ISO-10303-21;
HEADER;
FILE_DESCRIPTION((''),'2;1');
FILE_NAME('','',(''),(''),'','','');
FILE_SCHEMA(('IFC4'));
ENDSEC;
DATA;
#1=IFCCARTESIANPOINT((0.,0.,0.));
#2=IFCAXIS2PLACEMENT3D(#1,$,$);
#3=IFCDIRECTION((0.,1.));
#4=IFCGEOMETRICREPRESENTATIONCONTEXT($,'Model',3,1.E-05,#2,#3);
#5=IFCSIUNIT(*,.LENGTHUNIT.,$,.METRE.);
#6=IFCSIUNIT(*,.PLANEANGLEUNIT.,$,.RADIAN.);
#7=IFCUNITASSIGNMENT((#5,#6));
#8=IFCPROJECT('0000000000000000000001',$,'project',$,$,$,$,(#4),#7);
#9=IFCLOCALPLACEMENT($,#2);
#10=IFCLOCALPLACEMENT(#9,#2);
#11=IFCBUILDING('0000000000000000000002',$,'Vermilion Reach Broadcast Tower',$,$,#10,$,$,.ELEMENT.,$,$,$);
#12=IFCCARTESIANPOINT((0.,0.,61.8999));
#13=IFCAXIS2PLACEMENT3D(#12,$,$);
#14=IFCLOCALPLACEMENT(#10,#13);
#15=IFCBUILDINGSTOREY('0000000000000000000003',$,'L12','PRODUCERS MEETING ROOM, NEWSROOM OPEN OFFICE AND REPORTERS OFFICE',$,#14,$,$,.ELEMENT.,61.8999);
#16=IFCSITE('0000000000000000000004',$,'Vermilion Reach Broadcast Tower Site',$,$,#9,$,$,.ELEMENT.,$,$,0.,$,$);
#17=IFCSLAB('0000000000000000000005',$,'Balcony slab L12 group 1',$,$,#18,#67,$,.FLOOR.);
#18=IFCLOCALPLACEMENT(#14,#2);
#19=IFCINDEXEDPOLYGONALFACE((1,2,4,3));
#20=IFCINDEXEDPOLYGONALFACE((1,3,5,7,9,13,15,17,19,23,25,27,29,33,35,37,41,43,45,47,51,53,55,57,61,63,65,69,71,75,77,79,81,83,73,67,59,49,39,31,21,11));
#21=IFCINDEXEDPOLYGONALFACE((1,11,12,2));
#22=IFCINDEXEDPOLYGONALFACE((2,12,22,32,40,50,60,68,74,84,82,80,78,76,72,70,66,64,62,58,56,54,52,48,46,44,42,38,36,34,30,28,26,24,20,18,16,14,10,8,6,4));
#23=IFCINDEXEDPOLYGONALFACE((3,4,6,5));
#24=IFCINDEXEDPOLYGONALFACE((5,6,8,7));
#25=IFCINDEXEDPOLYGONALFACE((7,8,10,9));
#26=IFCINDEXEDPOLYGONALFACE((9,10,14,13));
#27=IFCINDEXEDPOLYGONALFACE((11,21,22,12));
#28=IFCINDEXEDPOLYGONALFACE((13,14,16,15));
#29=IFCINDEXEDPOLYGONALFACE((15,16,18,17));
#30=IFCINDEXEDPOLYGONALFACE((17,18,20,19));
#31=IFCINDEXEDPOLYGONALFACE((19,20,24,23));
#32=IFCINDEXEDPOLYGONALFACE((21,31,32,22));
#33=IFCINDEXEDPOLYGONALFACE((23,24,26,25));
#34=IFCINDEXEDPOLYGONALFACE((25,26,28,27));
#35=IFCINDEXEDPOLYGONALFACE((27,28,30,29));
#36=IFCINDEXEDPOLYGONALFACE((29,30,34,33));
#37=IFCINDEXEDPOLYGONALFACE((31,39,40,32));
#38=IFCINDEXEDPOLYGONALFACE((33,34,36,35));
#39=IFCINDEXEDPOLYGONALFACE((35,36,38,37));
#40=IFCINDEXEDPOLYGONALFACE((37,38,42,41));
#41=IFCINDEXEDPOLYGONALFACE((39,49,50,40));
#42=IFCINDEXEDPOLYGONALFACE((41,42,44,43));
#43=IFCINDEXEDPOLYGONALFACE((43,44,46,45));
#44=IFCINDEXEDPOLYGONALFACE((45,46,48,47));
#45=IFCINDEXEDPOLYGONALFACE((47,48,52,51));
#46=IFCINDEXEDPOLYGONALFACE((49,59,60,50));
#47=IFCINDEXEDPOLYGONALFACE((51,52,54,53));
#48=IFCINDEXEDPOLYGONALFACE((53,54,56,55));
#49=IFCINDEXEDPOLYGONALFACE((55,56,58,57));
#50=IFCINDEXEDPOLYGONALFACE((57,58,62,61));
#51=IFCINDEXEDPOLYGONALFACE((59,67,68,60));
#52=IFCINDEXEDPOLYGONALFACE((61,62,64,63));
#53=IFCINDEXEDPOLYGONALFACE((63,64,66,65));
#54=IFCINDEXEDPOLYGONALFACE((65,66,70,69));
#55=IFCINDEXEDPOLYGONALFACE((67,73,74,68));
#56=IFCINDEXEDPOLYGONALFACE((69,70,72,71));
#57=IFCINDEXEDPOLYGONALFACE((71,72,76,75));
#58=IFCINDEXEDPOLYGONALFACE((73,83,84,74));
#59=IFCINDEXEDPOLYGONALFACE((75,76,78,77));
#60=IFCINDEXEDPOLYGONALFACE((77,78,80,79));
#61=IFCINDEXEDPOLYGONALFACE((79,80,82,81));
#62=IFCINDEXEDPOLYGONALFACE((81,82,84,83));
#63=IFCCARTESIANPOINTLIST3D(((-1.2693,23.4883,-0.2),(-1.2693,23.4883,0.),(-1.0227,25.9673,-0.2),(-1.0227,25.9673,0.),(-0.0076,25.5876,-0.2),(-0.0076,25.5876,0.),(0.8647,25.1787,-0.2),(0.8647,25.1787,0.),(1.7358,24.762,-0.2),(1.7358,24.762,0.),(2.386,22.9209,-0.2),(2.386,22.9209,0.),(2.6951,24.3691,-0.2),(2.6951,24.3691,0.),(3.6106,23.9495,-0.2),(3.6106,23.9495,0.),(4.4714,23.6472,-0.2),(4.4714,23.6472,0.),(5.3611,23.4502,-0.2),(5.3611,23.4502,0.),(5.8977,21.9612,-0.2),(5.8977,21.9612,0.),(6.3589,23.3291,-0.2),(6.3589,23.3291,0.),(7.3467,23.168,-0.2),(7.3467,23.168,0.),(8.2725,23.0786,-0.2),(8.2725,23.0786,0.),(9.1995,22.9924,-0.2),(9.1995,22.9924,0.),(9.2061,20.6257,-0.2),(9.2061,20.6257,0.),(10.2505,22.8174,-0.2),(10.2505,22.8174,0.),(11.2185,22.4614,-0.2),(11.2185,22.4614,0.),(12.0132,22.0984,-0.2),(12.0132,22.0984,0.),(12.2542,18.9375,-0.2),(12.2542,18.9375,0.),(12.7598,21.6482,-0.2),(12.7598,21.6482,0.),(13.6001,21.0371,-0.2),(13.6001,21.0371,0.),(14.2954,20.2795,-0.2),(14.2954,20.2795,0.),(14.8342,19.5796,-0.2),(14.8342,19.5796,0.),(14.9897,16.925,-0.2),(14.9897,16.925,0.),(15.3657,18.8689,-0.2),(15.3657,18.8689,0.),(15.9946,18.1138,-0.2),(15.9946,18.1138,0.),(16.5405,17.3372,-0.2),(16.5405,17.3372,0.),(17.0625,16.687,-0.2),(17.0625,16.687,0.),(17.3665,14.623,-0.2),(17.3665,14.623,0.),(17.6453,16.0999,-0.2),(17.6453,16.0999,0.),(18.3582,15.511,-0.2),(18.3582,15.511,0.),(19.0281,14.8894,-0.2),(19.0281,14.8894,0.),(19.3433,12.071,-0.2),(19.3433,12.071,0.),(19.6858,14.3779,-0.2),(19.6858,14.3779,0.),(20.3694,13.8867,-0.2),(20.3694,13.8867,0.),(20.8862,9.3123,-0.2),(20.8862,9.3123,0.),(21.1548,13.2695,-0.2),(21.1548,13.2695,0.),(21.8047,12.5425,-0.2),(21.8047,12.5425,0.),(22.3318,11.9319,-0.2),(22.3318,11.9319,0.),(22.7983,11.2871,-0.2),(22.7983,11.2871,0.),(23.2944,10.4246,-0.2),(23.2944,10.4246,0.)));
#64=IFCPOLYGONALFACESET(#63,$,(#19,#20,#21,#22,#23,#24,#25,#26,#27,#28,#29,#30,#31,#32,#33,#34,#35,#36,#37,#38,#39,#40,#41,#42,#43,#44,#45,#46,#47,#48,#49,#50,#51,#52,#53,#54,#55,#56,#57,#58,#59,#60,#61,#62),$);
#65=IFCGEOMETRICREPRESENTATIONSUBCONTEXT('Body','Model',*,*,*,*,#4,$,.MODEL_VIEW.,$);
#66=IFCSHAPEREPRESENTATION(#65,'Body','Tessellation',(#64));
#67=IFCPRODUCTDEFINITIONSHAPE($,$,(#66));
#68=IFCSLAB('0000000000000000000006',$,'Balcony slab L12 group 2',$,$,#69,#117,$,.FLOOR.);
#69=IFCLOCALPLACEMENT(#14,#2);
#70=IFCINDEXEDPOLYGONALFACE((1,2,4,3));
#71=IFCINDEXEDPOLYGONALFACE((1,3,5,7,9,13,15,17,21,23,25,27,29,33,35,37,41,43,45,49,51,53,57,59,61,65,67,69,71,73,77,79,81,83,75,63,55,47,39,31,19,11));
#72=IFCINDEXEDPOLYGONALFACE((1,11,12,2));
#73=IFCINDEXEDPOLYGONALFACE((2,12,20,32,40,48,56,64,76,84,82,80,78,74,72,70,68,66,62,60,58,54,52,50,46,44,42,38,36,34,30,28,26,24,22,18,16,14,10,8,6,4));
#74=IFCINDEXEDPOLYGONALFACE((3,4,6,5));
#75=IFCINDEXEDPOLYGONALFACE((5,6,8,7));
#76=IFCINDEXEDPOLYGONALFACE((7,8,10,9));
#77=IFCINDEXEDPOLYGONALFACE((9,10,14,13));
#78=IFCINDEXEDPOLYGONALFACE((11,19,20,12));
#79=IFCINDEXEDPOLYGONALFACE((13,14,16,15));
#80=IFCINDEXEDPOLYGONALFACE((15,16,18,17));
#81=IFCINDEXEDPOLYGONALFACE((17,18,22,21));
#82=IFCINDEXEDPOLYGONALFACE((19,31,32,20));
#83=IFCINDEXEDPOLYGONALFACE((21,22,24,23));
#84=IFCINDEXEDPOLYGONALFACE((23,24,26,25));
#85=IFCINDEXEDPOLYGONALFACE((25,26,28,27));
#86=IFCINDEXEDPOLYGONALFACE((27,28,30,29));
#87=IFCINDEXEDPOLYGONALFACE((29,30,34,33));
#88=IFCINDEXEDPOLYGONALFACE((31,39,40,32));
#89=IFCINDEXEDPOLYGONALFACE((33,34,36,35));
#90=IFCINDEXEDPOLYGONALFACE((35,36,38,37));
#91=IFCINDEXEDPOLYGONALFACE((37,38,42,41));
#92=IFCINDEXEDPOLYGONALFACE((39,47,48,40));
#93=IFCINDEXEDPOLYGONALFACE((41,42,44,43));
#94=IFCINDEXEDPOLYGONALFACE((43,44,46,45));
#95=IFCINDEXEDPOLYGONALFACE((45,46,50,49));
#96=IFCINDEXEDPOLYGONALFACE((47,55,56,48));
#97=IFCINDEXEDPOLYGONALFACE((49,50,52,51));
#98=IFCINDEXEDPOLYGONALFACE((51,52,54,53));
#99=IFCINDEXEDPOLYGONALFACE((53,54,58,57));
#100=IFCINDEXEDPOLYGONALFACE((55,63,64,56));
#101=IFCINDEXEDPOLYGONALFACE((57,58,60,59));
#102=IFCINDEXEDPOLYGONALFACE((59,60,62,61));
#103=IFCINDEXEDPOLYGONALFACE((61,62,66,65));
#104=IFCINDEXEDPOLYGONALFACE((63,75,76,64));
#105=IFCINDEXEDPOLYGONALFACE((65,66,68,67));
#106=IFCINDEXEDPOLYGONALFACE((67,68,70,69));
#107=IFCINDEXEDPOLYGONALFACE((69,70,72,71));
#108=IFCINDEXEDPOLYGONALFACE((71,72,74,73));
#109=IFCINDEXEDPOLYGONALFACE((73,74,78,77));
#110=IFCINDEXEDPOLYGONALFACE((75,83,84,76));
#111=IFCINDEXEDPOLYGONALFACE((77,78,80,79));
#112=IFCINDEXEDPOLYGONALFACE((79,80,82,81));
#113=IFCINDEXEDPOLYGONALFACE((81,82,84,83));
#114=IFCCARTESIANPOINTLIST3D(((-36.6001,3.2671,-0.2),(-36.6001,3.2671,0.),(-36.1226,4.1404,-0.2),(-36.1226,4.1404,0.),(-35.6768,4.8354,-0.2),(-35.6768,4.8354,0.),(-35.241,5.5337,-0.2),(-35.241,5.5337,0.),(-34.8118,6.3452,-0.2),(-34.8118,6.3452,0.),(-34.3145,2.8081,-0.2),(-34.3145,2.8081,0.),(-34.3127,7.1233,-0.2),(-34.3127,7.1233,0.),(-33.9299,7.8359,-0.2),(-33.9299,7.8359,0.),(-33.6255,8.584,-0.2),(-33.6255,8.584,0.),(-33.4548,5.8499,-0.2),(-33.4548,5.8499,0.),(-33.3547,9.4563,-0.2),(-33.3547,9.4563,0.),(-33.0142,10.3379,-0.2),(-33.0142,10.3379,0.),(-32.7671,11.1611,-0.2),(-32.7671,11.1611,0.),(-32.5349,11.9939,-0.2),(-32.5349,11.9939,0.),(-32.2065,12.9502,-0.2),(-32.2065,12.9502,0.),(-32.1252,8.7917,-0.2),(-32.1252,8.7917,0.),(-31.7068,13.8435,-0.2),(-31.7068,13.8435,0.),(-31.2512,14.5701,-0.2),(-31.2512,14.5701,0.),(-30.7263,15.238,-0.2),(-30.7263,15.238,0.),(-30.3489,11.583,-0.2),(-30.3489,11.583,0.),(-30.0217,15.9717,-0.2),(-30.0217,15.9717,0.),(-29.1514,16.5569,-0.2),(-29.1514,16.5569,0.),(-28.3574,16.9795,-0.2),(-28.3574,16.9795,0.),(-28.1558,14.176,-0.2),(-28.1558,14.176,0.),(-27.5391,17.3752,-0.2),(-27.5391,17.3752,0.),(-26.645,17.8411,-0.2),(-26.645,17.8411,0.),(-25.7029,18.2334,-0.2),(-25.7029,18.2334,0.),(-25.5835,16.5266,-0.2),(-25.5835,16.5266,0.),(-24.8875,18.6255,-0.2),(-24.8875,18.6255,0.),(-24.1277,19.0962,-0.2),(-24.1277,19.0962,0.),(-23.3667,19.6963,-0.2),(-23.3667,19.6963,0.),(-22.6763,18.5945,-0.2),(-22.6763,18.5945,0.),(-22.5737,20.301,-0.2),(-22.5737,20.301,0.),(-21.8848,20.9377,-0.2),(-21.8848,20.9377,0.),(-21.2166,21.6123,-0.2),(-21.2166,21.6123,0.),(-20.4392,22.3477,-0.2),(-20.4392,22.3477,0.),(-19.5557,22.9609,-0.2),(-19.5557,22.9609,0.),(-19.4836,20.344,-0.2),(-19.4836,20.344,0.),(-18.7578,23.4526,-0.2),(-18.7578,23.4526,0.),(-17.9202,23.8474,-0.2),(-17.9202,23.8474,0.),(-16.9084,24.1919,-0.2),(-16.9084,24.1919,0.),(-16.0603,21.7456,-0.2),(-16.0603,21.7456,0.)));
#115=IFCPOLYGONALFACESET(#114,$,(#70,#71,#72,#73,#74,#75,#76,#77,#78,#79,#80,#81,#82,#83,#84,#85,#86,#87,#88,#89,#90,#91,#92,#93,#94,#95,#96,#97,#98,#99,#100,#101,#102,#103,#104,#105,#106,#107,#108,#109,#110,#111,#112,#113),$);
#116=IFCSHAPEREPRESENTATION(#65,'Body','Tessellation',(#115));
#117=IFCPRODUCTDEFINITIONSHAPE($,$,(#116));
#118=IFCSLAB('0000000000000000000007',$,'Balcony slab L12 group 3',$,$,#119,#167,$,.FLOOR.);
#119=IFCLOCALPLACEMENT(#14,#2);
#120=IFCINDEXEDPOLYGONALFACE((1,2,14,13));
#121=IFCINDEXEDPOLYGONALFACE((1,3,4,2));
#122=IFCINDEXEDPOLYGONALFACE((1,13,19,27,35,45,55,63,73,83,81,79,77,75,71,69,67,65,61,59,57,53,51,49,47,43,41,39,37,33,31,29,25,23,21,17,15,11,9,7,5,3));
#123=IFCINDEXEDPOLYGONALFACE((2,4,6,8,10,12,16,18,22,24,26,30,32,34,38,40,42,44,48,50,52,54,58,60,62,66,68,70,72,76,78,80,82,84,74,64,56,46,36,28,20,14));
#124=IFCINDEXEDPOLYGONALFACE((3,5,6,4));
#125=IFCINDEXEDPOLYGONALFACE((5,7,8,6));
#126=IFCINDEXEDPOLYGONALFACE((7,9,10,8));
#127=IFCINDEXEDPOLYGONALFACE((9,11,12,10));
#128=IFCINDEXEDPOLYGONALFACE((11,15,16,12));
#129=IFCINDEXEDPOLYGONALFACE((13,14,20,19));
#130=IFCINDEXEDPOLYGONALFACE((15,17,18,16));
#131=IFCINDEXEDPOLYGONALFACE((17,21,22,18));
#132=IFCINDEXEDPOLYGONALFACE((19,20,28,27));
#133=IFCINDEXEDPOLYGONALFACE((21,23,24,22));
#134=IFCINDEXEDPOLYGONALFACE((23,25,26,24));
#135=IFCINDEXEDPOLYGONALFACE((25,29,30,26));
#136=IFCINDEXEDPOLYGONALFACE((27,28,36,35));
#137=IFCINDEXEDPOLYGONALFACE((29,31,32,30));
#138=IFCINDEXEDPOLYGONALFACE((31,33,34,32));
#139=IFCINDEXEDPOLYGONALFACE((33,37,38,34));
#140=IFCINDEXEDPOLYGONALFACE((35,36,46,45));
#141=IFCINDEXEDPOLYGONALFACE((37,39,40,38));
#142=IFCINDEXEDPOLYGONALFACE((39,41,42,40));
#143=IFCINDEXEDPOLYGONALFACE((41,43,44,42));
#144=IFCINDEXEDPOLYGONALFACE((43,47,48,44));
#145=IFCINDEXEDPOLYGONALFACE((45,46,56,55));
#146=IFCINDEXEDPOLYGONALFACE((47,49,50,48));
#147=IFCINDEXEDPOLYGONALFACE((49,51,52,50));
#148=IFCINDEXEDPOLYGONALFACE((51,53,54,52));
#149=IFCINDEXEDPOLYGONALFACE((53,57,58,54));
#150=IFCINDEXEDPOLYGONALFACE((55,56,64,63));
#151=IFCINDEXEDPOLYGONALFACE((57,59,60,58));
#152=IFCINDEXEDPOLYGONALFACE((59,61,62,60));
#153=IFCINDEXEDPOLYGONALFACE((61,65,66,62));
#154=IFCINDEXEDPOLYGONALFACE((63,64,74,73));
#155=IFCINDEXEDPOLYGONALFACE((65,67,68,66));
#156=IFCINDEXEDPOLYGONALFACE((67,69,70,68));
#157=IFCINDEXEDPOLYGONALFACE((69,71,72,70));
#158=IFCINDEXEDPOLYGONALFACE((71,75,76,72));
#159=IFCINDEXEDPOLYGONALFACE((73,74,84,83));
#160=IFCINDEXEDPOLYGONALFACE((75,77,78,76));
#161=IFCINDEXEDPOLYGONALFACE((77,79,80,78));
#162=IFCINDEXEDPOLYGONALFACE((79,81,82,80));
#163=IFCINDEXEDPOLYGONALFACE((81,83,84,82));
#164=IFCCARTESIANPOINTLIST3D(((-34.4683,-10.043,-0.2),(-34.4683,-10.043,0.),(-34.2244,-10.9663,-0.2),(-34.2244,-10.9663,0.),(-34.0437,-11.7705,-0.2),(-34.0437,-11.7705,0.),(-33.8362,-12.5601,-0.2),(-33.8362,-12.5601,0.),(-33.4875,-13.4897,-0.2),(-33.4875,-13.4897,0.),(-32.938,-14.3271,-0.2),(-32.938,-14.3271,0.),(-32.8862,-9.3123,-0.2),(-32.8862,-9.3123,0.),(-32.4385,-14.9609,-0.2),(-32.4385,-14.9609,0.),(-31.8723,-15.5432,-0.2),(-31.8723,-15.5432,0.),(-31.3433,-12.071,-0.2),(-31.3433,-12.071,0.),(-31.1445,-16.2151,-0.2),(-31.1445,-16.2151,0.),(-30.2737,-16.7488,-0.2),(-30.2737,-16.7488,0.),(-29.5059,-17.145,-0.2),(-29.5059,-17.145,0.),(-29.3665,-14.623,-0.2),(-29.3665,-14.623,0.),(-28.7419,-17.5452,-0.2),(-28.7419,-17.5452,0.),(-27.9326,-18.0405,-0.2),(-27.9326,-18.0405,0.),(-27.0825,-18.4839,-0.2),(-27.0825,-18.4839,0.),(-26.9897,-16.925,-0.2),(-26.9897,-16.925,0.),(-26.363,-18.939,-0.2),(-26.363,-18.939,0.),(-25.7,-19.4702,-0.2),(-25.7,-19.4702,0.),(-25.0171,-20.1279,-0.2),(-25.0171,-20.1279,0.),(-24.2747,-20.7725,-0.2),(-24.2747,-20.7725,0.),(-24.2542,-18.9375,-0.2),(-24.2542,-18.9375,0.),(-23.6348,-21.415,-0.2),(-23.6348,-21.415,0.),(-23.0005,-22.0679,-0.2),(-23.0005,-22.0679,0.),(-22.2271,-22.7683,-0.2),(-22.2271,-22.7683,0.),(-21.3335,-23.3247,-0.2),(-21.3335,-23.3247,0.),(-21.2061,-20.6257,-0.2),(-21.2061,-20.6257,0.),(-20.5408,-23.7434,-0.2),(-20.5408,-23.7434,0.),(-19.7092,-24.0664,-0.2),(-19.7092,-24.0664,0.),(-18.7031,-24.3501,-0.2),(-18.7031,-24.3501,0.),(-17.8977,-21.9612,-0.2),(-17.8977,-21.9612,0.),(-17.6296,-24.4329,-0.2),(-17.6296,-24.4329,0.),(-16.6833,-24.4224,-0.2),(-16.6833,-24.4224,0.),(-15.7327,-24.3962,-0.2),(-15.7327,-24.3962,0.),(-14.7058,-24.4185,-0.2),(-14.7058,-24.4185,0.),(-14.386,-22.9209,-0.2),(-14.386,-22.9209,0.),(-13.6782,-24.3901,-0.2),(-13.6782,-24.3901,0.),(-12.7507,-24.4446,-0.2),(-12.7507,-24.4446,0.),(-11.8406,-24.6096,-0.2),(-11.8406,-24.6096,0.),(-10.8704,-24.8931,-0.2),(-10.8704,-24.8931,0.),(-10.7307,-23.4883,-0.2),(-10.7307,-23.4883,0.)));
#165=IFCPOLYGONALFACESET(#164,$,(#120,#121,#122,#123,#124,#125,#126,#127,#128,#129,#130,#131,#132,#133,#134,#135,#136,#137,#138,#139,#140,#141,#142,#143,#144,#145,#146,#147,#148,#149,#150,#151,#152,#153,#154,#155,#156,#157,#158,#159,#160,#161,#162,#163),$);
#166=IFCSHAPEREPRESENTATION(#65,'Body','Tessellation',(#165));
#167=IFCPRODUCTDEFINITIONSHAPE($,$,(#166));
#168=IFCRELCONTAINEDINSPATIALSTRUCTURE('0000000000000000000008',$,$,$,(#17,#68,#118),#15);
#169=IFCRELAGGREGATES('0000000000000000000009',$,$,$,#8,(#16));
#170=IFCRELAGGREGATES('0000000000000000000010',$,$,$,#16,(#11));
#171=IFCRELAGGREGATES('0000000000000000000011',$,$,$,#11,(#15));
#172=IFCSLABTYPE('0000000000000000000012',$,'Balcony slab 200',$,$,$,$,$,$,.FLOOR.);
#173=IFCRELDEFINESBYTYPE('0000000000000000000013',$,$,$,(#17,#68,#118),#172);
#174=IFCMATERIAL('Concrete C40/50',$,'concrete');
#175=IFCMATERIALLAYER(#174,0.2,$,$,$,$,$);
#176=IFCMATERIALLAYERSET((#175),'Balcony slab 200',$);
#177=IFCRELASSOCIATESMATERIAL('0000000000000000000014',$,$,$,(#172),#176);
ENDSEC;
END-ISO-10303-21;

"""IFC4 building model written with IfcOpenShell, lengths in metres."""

from ifc_helpers import new_model, si_unit, direction, frame, origin, place, context, subcontext, project, spatial, polyline, outline, extrude, material, layer, layer_set, type_object, element, save


model = new_model("IFC4")

# Units and contexts
model_context = context("Model", 3, precision=1e-05, world=origin(), true_north=direction((0.0, 1.0)))
body_context = subcontext(model_context, "Body", "Model", "MODEL_VIEW")
ifc_project = project(units=[si_unit("LENGTHUNIT", "METRE"), si_unit("PLANEANGLEUNIT", "RADIAN")], contexts=[model_context])

# Site, building, storey
site_placement = place(None, origin())
site = spatial("IfcSite", under=ifc_project, at=site_placement, Name="Vermilion Reach Broadcast Tower Site", CompositionType="ELEMENT", RefElevation=0.0)
building_placement = place(site_placement, origin())
building = spatial("IfcBuilding", under=site, at=building_placement, Name="Vermilion Reach Broadcast Tower", CompositionType="ELEMENT")
storey_placement = place(building_placement, frame((0.0, 0.0, 61.8999)))
storey = spatial("IfcBuildingStorey", under=building, at=storey_placement, Name="L12", Description="PRODUCERS MEETING ROOM, NEWSROOM OPEN OFFICE AND REPORTERS OFFICE", CompositionType="ELEMENT", Elevation=61.8999)

# Slabs
ifc_material_1 = material(Name="Concrete C40/50", Category="concrete")
ifc_layer_1 = layer(ifc_material_1, 0.2)
ifc_layer_set_1 = layer_set([ifc_layer_1], Name="Balcony slab 200")
slab_type_1 = type_object("IfcSlabType", Name="Balcony slab 200", PredefinedType="FLOOR", material=ifc_layer_set_1)
placement_1 = place(storey_placement, frame((0.0, 0.0, -0.2)))
element("IfcSlab", 1, at=placement_1, inside=storey, type_object=slab_type_1, Name="Balcony slab L12 group 1", PredefinedType="FLOOR", context=body_context, shape_type="SweptSolid", body=[
    extrude(outline(polyline([(20.8862, 9.3123), (19.3433, 12.071), (17.3665, 14.623), (14.9897, 16.925), (12.2542, 18.9375), (9.2061, 20.6257), (5.8977, 21.9612), (2.386, 22.9209), (-1.2693, 23.4883), (-1.0227, 25.9673), (-0.0076, 25.5876), (0.8647, 25.1787), (1.7358, 24.762), (2.6951, 24.3691), (3.6106, 23.9495), (4.4714, 23.6472), (5.3611, 23.4502), (6.3589, 23.3291), (7.3467, 23.168), (8.2725, 23.0786), (9.1995, 22.9924), (10.2505, 22.8174), (11.2185, 22.4614), (12.0132, 22.0984), (12.7598, 21.6482), (13.6001, 21.0371), (14.2954, 20.2795), (14.8342, 19.5796), (15.3657, 18.8689), (15.9946, 18.1138), (16.5405, 17.3372), (17.0625, 16.687), (17.6453, 16.0999), (18.3582, 15.511), (19.0281, 14.8894), (19.6858, 14.3779), (20.3694, 13.8867), (21.1548, 13.2695), (21.8047, 12.5425), (22.3318, 11.9319), (22.7983, 11.2871), (23.2944, 10.4246), (20.8862, 9.3123)])), origin(), (0.0, 0.0, 1.0), 0.2),
])
element("IfcSlab", 2, at=placement_1, inside=storey, type_object=slab_type_1, Name="Balcony slab L12 group 2", PredefinedType="FLOOR", context=body_context, shape_type="SweptSolid", body=[
    extrude(outline(polyline([(-16.0603, 21.7456), (-19.4836, 20.344), (-22.6763, 18.5945), (-25.5835, 16.5266), (-28.1558, 14.176), (-30.3489, 11.583), (-32.1252, 8.7917), (-33.4548, 5.8499), (-34.3145, 2.8081), (-36.6001, 3.2671), (-36.1226, 4.1404), (-35.6768, 4.8354), (-35.241, 5.5337), (-34.8118, 6.3452), (-34.3127, 7.1233), (-33.9299, 7.8359), (-33.6255, 8.584), (-33.3547, 9.4563), (-33.0142, 10.3379), (-32.7671, 11.1611), (-32.5349, 11.9939), (-32.2065, 12.9502), (-31.7068, 13.8435), (-31.2512, 14.5701), (-30.7263, 15.238), (-30.0217, 15.9717), (-29.1514, 16.5569), (-28.3574, 16.9795), (-27.5391, 17.3752), (-26.645, 17.8411), (-25.7029, 18.2334), (-24.8875, 18.6255), (-24.1277, 19.0962), (-23.3667, 19.6963), (-22.5737, 20.301), (-21.8848, 20.9377), (-21.2166, 21.6123), (-20.4392, 22.3477), (-19.5557, 22.9609), (-18.7578, 23.4526), (-17.9202, 23.8474), (-16.9084, 24.1919), (-16.0603, 21.7456)])), origin(), (0.0, 0.0, 1.0), 0.2),
])
element("IfcSlab", 3, at=placement_1, inside=storey, type_object=slab_type_1, Name="Balcony slab L12 group 3", PredefinedType="FLOOR", context=body_context, shape_type="SweptSolid", body=[
    extrude(outline(polyline([(-32.8862, -9.3123), (-31.3433, -12.071), (-29.3665, -14.623), (-26.9897, -16.925), (-24.2542, -18.9375), (-21.2061, -20.6257), (-17.8977, -21.9612), (-14.386, -22.9209), (-10.7307, -23.4883), (-10.8704, -24.8931), (-11.8406, -24.6096), (-12.7507, -24.4446), (-13.6782, -24.3901), (-14.7058, -24.4185), (-15.7327, -24.3962), (-16.6833, -24.4224), (-17.6296, -24.4329), (-18.7031, -24.3501), (-19.7092, -24.0664), (-20.5408, -23.7434), (-21.3335, -23.3247), (-22.2271, -22.7683), (-23.0005, -22.0679), (-23.6348, -21.415), (-24.2747, -20.7725), (-25.0171, -20.1279), (-25.7, -19.4702), (-26.363, -18.939), (-27.0825, -18.4839), (-27.9326, -18.0405), (-28.7419, -17.5452), (-29.5059, -17.145), (-30.2737, -16.7488), (-31.1445, -16.2151), (-31.8723, -15.5432), (-32.4385, -14.9609), (-32.938, -14.3271), (-33.4875, -13.4897), (-33.8362, -12.5601), (-34.0437, -11.7705), (-34.2244, -10.9663), (-34.4683, -10.043), (-32.8862, -9.3123)])), origin(), (0.0, 0.0, 1.0), 0.2),
])

save(model, "model.ifc")
